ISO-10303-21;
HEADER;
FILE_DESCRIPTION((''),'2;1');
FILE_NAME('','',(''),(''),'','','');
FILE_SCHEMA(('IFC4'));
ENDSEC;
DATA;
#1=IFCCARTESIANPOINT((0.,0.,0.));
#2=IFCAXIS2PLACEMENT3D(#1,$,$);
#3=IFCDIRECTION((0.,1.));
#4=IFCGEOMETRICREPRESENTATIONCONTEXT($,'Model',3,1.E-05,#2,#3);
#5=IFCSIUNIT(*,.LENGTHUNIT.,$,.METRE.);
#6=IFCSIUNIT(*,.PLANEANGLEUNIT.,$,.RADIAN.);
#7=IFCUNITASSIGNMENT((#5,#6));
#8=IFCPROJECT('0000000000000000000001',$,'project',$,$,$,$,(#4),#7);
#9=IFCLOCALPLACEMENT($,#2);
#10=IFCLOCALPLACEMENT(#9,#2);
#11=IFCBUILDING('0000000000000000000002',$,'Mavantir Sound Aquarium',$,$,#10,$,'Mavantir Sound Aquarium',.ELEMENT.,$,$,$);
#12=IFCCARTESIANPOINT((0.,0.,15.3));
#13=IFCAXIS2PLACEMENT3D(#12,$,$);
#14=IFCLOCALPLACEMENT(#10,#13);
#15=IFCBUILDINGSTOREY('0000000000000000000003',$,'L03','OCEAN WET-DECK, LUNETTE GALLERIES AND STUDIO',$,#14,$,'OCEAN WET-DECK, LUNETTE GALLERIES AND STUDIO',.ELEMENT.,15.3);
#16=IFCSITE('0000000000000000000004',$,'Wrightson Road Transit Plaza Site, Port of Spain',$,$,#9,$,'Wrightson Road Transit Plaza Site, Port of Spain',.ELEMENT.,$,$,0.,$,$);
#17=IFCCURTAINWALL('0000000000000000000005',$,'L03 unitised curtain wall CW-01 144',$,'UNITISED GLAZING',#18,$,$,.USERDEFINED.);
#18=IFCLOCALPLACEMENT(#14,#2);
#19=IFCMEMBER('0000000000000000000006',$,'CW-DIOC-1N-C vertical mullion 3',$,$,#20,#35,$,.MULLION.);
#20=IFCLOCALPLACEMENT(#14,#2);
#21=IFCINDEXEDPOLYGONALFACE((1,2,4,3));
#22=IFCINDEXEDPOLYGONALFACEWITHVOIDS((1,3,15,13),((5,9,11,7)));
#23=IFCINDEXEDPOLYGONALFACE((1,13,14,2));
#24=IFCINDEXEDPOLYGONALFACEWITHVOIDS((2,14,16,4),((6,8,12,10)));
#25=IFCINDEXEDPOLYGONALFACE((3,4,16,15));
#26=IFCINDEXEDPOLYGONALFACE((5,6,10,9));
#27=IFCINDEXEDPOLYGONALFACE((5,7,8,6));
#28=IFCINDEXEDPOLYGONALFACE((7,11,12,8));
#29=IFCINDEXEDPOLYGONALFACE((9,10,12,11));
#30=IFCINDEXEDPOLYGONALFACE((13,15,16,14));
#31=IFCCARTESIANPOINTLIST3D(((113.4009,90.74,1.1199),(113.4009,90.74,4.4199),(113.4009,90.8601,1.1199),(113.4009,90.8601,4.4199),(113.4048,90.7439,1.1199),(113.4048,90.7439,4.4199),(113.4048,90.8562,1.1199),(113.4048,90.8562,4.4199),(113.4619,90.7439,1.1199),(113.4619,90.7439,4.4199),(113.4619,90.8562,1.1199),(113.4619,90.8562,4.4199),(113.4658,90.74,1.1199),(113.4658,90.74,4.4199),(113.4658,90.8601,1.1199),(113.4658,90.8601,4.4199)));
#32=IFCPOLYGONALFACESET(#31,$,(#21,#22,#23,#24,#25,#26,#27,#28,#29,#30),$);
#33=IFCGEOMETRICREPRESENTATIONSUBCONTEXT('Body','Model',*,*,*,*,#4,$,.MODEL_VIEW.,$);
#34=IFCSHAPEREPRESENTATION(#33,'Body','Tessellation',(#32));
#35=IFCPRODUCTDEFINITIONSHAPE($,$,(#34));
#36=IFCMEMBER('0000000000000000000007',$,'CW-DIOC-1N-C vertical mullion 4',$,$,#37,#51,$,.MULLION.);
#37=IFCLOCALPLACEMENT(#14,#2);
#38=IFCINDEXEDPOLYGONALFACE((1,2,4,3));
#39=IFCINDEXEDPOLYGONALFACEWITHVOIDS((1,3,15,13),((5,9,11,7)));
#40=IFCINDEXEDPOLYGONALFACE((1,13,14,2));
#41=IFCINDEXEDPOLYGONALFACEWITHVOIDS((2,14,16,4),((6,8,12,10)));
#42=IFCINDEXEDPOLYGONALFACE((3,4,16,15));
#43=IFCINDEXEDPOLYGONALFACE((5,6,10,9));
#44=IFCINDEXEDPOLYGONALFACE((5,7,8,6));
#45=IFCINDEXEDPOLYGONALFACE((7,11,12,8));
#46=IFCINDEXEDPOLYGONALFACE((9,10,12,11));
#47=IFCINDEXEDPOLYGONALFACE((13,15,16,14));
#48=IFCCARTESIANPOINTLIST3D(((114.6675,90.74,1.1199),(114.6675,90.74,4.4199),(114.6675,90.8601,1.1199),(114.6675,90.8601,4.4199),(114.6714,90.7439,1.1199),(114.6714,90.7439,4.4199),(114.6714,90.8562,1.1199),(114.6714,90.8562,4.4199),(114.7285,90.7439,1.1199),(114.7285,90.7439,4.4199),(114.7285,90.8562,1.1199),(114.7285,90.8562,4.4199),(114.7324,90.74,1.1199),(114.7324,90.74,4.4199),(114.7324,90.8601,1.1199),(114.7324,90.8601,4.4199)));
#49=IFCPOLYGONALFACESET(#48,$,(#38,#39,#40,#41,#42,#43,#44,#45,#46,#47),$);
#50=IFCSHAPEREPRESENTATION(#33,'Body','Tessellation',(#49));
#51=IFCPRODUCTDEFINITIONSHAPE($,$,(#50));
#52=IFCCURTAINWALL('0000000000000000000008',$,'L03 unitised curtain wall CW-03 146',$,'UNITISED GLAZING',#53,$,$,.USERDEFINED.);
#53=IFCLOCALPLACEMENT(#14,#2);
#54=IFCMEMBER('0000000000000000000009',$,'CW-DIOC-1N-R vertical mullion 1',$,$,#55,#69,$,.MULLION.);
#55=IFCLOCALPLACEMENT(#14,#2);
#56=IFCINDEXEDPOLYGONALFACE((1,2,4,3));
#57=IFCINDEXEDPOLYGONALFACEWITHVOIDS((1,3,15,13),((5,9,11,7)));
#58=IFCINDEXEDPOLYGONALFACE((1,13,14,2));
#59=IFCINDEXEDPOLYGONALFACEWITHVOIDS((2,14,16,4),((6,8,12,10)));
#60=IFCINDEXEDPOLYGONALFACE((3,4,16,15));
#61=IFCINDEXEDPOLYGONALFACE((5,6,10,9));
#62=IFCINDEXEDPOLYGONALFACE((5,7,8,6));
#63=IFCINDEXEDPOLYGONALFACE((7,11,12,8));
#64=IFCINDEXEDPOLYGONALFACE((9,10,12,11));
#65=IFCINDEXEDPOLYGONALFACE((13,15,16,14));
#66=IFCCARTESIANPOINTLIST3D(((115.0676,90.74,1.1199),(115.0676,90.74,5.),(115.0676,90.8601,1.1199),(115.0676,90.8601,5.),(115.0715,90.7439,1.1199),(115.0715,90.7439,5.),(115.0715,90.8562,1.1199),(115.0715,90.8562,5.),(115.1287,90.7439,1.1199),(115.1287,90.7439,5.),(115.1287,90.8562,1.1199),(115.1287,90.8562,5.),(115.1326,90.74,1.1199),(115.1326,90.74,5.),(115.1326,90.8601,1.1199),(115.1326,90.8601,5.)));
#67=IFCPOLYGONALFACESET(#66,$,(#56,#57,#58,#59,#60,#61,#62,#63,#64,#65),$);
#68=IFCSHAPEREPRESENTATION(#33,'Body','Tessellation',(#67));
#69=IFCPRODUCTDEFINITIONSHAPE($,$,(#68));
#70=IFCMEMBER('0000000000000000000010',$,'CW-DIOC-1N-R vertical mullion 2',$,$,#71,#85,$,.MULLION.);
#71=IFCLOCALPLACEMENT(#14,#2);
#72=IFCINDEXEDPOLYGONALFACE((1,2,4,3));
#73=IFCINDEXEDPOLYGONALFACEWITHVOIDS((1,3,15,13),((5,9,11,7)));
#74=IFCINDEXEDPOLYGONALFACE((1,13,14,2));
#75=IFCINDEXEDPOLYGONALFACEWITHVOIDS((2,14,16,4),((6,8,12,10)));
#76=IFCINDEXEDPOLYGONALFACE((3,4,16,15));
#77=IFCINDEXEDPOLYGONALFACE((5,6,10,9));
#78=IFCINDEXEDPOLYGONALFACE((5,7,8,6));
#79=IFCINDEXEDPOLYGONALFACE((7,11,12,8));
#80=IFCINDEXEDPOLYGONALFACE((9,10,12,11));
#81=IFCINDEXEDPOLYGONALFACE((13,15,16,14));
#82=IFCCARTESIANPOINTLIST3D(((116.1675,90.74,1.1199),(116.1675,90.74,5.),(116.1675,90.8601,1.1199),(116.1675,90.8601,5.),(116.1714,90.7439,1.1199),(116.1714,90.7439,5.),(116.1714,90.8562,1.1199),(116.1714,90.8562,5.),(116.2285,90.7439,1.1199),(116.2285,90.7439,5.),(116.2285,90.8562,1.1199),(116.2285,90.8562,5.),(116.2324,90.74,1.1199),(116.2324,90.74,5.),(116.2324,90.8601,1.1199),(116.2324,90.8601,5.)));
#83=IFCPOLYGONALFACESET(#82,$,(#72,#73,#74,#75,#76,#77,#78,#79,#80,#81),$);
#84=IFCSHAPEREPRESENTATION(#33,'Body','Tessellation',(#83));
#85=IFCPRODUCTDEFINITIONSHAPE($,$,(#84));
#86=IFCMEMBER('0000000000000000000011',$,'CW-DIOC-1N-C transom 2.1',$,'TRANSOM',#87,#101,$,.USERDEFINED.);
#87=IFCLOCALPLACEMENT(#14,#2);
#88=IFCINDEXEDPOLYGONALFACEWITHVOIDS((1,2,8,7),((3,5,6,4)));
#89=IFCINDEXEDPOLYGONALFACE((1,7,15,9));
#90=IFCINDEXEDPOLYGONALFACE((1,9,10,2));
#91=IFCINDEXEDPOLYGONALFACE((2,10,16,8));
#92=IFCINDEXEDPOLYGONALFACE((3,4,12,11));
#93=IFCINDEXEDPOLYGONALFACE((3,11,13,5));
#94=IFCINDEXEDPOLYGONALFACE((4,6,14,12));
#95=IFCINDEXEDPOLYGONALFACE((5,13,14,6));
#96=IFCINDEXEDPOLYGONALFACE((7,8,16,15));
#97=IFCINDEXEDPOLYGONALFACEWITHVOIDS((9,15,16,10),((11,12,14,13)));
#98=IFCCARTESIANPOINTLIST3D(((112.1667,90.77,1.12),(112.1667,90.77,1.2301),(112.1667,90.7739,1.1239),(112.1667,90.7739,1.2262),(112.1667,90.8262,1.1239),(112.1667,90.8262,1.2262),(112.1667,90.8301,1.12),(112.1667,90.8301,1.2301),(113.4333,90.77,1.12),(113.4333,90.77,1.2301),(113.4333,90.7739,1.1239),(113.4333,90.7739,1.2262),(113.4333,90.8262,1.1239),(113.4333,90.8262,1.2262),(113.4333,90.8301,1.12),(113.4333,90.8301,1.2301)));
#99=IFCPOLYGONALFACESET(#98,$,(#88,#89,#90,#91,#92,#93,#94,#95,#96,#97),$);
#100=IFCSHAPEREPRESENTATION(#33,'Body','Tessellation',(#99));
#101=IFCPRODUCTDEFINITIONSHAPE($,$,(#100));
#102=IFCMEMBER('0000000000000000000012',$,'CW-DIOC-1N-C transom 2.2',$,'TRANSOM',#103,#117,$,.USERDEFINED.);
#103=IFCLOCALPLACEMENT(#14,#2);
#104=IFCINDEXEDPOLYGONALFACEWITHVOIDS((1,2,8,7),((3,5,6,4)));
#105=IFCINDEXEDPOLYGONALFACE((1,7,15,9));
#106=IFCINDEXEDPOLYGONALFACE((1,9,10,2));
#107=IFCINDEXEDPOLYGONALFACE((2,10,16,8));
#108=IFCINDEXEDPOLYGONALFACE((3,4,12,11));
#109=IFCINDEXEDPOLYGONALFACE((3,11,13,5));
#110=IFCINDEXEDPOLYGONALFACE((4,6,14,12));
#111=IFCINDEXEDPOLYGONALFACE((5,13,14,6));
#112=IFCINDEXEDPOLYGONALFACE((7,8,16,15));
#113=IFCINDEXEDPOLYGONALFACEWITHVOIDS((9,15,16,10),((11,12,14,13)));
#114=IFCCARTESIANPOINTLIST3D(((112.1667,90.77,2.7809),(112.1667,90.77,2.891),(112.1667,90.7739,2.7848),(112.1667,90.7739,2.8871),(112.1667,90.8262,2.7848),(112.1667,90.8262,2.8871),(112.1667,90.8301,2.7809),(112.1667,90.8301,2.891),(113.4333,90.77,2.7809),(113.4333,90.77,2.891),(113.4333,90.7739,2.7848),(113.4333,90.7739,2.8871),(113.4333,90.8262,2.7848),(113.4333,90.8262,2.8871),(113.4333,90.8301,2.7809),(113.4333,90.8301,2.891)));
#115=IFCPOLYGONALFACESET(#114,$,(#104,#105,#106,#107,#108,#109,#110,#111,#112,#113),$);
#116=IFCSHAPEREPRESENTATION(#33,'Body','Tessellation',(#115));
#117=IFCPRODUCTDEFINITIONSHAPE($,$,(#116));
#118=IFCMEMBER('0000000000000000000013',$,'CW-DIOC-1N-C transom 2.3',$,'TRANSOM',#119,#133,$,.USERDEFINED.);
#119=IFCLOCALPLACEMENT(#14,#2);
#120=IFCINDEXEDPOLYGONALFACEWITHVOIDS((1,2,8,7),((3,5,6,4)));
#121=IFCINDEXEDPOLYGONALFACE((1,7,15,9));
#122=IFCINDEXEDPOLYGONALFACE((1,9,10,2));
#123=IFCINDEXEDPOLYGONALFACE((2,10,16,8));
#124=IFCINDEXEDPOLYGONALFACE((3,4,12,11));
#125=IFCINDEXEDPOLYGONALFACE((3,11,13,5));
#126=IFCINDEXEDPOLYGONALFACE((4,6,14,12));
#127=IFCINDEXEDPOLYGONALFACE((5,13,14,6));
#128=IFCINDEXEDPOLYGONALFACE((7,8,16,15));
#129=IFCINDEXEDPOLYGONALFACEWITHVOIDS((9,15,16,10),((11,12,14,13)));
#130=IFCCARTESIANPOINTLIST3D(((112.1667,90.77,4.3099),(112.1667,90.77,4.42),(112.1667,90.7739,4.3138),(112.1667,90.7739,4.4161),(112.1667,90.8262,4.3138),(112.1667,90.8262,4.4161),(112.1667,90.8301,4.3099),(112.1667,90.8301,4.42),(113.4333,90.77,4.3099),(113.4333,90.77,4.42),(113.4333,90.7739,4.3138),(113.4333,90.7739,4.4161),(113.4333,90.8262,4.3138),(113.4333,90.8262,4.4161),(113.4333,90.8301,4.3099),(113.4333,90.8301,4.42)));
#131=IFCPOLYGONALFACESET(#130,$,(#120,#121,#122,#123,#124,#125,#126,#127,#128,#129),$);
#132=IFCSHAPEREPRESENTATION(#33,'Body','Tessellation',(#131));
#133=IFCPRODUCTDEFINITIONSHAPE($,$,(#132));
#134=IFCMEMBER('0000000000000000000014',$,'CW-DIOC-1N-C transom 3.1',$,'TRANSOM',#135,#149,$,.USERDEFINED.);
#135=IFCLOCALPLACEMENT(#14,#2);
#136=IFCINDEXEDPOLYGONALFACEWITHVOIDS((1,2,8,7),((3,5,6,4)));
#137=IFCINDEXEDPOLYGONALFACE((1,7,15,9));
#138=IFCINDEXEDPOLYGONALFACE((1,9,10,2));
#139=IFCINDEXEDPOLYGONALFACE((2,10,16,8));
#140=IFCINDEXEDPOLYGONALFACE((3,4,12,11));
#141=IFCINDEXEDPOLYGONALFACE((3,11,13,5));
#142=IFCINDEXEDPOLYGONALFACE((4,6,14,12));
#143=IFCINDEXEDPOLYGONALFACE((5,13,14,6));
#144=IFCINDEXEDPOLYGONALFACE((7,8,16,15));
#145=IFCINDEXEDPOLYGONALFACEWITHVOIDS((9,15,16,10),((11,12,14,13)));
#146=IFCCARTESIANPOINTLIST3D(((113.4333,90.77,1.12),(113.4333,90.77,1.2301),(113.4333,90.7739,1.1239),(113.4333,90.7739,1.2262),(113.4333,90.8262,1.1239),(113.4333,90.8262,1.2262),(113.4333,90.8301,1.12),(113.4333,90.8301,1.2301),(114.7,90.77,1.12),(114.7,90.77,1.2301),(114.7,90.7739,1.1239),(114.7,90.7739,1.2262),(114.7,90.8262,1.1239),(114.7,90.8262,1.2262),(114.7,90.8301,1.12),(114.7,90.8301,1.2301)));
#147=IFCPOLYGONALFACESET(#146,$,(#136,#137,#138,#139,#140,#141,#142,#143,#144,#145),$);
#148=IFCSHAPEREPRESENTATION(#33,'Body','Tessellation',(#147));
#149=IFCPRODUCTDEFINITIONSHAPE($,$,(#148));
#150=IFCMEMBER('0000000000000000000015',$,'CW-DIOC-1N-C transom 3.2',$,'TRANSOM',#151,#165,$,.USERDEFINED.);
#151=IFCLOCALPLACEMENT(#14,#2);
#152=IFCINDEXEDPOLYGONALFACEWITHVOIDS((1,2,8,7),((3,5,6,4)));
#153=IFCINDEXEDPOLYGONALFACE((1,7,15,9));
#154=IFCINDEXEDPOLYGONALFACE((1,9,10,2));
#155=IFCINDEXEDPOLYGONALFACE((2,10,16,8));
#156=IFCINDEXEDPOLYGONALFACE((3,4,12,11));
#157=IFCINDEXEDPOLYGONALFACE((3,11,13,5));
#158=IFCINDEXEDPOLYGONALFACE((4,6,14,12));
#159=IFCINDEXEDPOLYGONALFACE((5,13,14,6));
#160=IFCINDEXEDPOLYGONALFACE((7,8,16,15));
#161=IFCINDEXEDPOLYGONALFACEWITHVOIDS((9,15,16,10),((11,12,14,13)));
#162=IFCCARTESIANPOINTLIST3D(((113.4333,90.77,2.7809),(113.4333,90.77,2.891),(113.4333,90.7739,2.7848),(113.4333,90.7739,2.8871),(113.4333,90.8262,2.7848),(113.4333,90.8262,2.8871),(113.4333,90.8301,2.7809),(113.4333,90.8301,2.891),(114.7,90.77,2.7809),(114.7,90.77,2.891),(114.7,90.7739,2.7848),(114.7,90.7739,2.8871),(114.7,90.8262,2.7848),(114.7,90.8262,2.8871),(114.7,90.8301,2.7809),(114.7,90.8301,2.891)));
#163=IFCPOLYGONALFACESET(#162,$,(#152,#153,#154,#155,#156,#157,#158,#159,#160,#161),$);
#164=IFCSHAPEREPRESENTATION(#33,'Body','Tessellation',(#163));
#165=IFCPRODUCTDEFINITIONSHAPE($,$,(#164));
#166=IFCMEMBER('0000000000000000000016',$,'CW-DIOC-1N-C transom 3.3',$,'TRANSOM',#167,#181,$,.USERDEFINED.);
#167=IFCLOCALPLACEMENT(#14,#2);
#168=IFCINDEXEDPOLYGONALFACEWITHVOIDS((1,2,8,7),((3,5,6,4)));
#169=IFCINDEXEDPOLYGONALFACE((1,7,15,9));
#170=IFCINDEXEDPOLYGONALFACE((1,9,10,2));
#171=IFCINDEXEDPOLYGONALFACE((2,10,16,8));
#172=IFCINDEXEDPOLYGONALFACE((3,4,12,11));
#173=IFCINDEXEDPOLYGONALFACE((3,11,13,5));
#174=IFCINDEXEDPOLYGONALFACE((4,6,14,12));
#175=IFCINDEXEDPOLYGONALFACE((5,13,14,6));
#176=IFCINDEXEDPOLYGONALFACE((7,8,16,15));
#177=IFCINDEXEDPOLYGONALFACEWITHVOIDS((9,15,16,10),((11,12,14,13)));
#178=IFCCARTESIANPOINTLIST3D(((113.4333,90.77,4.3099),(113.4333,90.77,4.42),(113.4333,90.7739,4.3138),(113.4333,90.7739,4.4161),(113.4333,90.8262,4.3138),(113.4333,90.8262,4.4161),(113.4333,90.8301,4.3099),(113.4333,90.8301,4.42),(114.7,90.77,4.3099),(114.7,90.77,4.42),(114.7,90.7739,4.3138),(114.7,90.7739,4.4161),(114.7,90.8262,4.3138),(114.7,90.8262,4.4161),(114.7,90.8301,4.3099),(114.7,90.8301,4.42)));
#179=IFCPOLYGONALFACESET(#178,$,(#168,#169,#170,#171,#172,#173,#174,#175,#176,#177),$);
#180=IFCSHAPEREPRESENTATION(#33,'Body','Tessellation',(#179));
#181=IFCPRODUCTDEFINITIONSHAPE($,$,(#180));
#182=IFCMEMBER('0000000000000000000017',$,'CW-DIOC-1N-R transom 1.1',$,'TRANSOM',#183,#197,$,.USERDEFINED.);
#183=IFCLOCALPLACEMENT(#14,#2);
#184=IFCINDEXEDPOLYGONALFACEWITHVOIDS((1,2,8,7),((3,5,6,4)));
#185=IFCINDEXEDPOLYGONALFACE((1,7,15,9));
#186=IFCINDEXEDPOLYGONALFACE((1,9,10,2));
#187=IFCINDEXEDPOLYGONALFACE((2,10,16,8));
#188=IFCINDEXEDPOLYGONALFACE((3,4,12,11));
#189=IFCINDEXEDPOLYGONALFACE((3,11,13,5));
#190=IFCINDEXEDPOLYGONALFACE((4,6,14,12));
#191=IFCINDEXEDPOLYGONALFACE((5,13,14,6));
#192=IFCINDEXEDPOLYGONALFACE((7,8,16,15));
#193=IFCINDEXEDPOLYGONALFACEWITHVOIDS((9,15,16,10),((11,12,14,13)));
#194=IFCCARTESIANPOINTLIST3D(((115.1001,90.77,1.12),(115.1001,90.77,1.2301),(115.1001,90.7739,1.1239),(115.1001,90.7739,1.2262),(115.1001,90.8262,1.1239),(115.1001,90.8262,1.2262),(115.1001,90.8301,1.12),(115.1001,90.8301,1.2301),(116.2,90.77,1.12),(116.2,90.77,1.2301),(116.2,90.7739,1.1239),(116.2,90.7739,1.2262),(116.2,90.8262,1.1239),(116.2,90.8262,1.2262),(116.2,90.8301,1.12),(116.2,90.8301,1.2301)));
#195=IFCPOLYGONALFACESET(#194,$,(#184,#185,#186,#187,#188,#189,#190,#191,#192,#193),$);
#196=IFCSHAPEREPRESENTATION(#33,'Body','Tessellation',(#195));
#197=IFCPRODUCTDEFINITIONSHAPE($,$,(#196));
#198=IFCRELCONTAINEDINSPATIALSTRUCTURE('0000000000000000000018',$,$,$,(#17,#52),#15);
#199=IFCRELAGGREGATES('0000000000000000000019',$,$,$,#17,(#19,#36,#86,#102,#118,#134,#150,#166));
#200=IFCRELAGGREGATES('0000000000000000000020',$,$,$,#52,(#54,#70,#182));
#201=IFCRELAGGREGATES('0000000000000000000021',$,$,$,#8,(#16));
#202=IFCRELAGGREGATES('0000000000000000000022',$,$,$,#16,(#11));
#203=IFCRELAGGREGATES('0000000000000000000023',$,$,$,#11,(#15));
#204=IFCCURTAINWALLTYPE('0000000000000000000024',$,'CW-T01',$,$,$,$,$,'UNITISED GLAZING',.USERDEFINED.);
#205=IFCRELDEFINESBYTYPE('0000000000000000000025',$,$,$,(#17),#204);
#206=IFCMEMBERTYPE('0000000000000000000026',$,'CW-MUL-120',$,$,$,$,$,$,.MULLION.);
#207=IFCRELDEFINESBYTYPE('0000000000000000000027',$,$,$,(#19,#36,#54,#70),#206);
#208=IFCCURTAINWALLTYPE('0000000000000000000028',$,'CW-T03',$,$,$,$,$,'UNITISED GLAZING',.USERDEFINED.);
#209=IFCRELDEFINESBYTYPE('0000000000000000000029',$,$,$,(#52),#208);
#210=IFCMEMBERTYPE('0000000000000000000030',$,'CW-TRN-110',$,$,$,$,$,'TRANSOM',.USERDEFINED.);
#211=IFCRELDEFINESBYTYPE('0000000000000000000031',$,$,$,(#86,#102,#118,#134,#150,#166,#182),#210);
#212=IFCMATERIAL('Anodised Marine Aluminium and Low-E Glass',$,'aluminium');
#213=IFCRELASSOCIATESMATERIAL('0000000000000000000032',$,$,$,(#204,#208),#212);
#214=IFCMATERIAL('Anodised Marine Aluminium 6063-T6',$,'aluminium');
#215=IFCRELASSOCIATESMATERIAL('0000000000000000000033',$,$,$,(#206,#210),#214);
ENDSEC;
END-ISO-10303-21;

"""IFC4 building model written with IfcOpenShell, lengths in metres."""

from ifc_helpers import new_model, si_unit, direction, frame, origin, origin_2d, place, context, subcontext, project, spatial, hollow_rectangle, extrude, material, material_profile, profile_set, type_object, element, aggregate, save


model = new_model("IFC4")

# Units and contexts
model_context = context("Model", 3, precision=1e-05, world=origin(), true_north=direction((0.0, 1.0)))
body_context = subcontext(model_context, "Body", "Model", "MODEL_VIEW")
ifc_project = project(units=[si_unit("LENGTHUNIT", "METRE"), si_unit("PLANEANGLEUNIT", "RADIAN")], contexts=[model_context])

# Site, building, storey
site_placement = place(None, origin())
site = spatial("IfcSite", under=ifc_project, at=site_placement, Name="Wrightson Road Transit Plaza Site, Port of Spain", LongName="Wrightson Road Transit Plaza Site, Port of Spain", CompositionType="ELEMENT", RefElevation=0.0)
building_placement = place(site_placement, origin())
building = spatial("IfcBuilding", under=site, at=building_placement, Name="Mavantir Sound Aquarium", LongName="Mavantir Sound Aquarium", CompositionType="ELEMENT")
storey_placement = place(building_placement, frame((0.0, 0.0, 15.3)))
storey = spatial("IfcBuildingStorey", under=building, at=storey_placement, Name="L03", Description="OCEAN WET-DECK, LUNETTE GALLERIES AND STUDIO", LongName="OCEAN WET-DECK, LUNETTE GALLERIES AND STUDIO", CompositionType="ELEMENT", Elevation=15.3)

# Curtain walls, members
ifc_material_1 = material(Name="Anodised Marine Aluminium and Low-E Glass", Category="aluminium")
curtain_wall_type_1 = type_object("IfcCurtainWallType", Name="CW-T01", ElementType="UNITISED GLAZING", PredefinedType="USERDEFINED", material=ifc_material_1)
curtain_wall_1_placement = place(storey_placement, origin())
curtain_wall_1 = element("IfcCurtainWall", 1, at=curtain_wall_1_placement, inside=storey, type_object=curtain_wall_type_1, Name="L03 unitised curtain wall CW-01 144", ObjectType="UNITISED GLAZING", PredefinedType="USERDEFINED")
ifc_material_2 = material(Name="Anodised Marine Aluminium 6063-T6", Category="aluminium")
ifc_material_profile_1 = material_profile(ifc_material_2, hollow_rectangle(XDim=0.0649, YDim=0.1201, WallThickness=0.0039, at=origin_2d()), Name="ALU-MULLION-120X65")
ifc_profile_set_1 = profile_set([ifc_material_profile_1], Name="Anodised Marine Aluminium 6063-T6")
member_type_1 = type_object("IfcMemberType", Name="CW-MUL-120", PredefinedType="MULLION", material=ifc_profile_set_1)
member_1_placement = place(storey_placement, frame((113.4333, 90.8, 1.1199), z_axis=(0.0, 0.0, 1.0), x_axis=(1.0, 0.0, 0.0)))
member_1 = element("IfcMember", 2, at=member_1_placement, type_object=member_type_1, Name="CW-DIOC-1N-C vertical mullion 3", PredefinedType="MULLION", context=body_context, shape_type="SweptSolid", body=[
    extrude(hollow_rectangle(XDim=0.0649, YDim=0.1201, WallThickness=0.0039, at=origin_2d()), origin(), (0.0, 0.0, 1.0), 3.3),
])
member_2_placement = place(storey_placement, frame((114.7, 90.8, 1.1199), z_axis=(0.0, 0.0, 1.0), x_axis=(1.0, 0.0, 0.0)))
member_2 = element("IfcMember", 3, at=member_2_placement, type_object=member_type_1, Name="CW-DIOC-1N-C vertical mullion 4", PredefinedType="MULLION", context=body_context, shape_type="SweptSolid", body=[
    extrude(hollow_rectangle(XDim=0.0649, YDim=0.1201, WallThickness=0.0039, at=origin_2d()), origin(), (0.0, 0.0, 1.0), 3.3),
])
curtain_wall_type_2 = type_object("IfcCurtainWallType", Name="CW-T03", ElementType="UNITISED GLAZING", PredefinedType="USERDEFINED", material=ifc_material_1)
curtain_wall_2_placement = place(storey_placement, origin())
curtain_wall_2 = element("IfcCurtainWall", 4, at=curtain_wall_2_placement, inside=storey, type_object=curtain_wall_type_2, Name="L03 unitised curtain wall CW-03 146", ObjectType="UNITISED GLAZING", PredefinedType="USERDEFINED")
member_3_placement = place(storey_placement, frame((115.1001, 90.8, 1.1199), z_axis=(0.0, 0.0, 1.0), x_axis=(1.0, 0.0, 0.0)))
member_3 = element("IfcMember", 5, at=member_3_placement, type_object=member_type_1, Name="CW-DIOC-1N-R vertical mullion 1", PredefinedType="MULLION", context=body_context, shape_type="SweptSolid", body=[
    extrude(hollow_rectangle(XDim=0.0649, YDim=0.1201, WallThickness=0.0039, at=origin_2d()), origin(), (0.0, 0.0, 1.0), 3.8801),
])
member_4_placement = place(storey_placement, frame((116.2, 90.8, 1.1199), z_axis=(0.0, 0.0, 1.0), x_axis=(1.0, 0.0, 0.0)))
member_4 = element("IfcMember", 6, at=member_4_placement, type_object=member_type_1, Name="CW-DIOC-1N-R vertical mullion 2", PredefinedType="MULLION", context=body_context, shape_type="SweptSolid", body=[
    extrude(hollow_rectangle(XDim=0.0649, YDim=0.1201, WallThickness=0.0039, at=origin_2d()), origin(), (0.0, 0.0, 1.0), 3.8801),
])

# Members
ifc_material_profile_2 = material_profile(ifc_material_2, hollow_rectangle(XDim=0.0601, YDim=0.1101, WallThickness=0.0039, at=origin_2d()), Name="ALU-TRANSOM-110X60")
ifc_profile_set_2 = profile_set([ifc_material_profile_2], Name="Anodised Marine Aluminium 6063-T6")
member_type_2 = type_object("IfcMemberType", Name="CW-TRN-110", ElementType="TRANSOM", PredefinedType="USERDEFINED", material=ifc_profile_set_2)
member_5_placement = place(storey_placement, frame((112.1667, 90.8, 1.175), z_axis=(1.0, 0.0, 0.0), x_axis=(0.0, 1.0, 0.0)))
member_5 = element("IfcMember", 7, at=member_5_placement, type_object=member_type_2, Name="CW-DIOC-1N-C transom 2.1", ObjectType="TRANSOM", PredefinedType="USERDEFINED", context=body_context, shape_type="SweptSolid", body=[
    extrude(hollow_rectangle(XDim=0.0601, YDim=0.1101, WallThickness=0.0039, at=origin_2d()), origin(), (0.0, 0.0, 1.0), 1.2666),
])
member_6_placement = place(storey_placement, frame((112.1667, 90.8, 2.8359), z_axis=(1.0, 0.0, 0.0), x_axis=(0.0, 1.0, 0.0)))
member_6 = element("IfcMember", 8, at=member_6_placement, type_object=member_type_2, Name="CW-DIOC-1N-C transom 2.2", ObjectType="TRANSOM", PredefinedType="USERDEFINED", context=body_context, shape_type="SweptSolid", body=[
    extrude(hollow_rectangle(XDim=0.0601, YDim=0.1101, WallThickness=0.0039, at=origin_2d()), origin(), (0.0, 0.0, 1.0), 1.2666),
])
member_7_placement = place(storey_placement, frame((112.1667, 90.8, 4.365), z_axis=(1.0, 0.0, 0.0), x_axis=(0.0, 1.0, 0.0)))
member_7 = element("IfcMember", 9, at=member_7_placement, type_object=member_type_2, Name="CW-DIOC-1N-C transom 2.3", ObjectType="TRANSOM", PredefinedType="USERDEFINED", context=body_context, shape_type="SweptSolid", body=[
    extrude(hollow_rectangle(XDim=0.0601, YDim=0.1101, WallThickness=0.0039, at=origin_2d()), origin(), (0.0, 0.0, 1.0), 1.2666),
])
member_8_placement = place(storey_placement, frame((113.4333, 90.8, 1.175), z_axis=(1.0, 0.0, 0.0), x_axis=(0.0, 1.0, 0.0)))
member_8 = element("IfcMember", 10, at=member_8_placement, type_object=member_type_2, Name="CW-DIOC-1N-C transom 3.1", ObjectType="TRANSOM", PredefinedType="USERDEFINED", context=body_context, shape_type="SweptSolid", body=[
    extrude(hollow_rectangle(XDim=0.0601, YDim=0.1101, WallThickness=0.0039, at=origin_2d()), origin(), (0.0, 0.0, 1.0), 1.2666),
])
member_9_placement = place(storey_placement, frame((113.4333, 90.8, 2.8359), z_axis=(1.0, 0.0, 0.0), x_axis=(0.0, 1.0, 0.0)))
member_9 = element("IfcMember", 11, at=member_9_placement, type_object=member_type_2, Name="CW-DIOC-1N-C transom 3.2", ObjectType="TRANSOM", PredefinedType="USERDEFINED", context=body_context, shape_type="SweptSolid", body=[
    extrude(hollow_rectangle(XDim=0.0601, YDim=0.1101, WallThickness=0.0039, at=origin_2d()), origin(), (0.0, 0.0, 1.0), 1.2666),
])
member_10_placement = place(storey_placement, frame((113.4333, 90.8, 4.365), z_axis=(1.0, 0.0, 0.0), x_axis=(0.0, 1.0, 0.0)))
member_10 = element("IfcMember", 12, at=member_10_placement, type_object=member_type_2, Name="CW-DIOC-1N-C transom 3.3", ObjectType="TRANSOM", PredefinedType="USERDEFINED", context=body_context, shape_type="SweptSolid", body=[
    extrude(hollow_rectangle(XDim=0.0601, YDim=0.1101, WallThickness=0.0039, at=origin_2d()), origin(), (0.0, 0.0, 1.0), 1.2666),
])
member_11_placement = place(storey_placement, frame((115.1001, 90.8, 1.175), z_axis=(1.0, 0.0, 0.0), x_axis=(0.0, 1.0, 0.0)))
member_11 = element("IfcMember", 13, at=member_11_placement, type_object=member_type_2, Name="CW-DIOC-1N-R transom 1.1", ObjectType="TRANSOM", PredefinedType="USERDEFINED", context=body_context, shape_type="SweptSolid", body=[
    extrude(hollow_rectangle(XDim=0.0601, YDim=0.1101, WallThickness=0.0039, at=origin_2d()), origin(), (0.0, 0.0, 1.0), 1.0999),
])

aggregate(curtain_wall_1, [member_1, member_2, member_5, member_6, member_7, member_8, member_9, member_10])
aggregate(curtain_wall_2, [member_3, member_4, member_11])

save(model, "model.ifc")
